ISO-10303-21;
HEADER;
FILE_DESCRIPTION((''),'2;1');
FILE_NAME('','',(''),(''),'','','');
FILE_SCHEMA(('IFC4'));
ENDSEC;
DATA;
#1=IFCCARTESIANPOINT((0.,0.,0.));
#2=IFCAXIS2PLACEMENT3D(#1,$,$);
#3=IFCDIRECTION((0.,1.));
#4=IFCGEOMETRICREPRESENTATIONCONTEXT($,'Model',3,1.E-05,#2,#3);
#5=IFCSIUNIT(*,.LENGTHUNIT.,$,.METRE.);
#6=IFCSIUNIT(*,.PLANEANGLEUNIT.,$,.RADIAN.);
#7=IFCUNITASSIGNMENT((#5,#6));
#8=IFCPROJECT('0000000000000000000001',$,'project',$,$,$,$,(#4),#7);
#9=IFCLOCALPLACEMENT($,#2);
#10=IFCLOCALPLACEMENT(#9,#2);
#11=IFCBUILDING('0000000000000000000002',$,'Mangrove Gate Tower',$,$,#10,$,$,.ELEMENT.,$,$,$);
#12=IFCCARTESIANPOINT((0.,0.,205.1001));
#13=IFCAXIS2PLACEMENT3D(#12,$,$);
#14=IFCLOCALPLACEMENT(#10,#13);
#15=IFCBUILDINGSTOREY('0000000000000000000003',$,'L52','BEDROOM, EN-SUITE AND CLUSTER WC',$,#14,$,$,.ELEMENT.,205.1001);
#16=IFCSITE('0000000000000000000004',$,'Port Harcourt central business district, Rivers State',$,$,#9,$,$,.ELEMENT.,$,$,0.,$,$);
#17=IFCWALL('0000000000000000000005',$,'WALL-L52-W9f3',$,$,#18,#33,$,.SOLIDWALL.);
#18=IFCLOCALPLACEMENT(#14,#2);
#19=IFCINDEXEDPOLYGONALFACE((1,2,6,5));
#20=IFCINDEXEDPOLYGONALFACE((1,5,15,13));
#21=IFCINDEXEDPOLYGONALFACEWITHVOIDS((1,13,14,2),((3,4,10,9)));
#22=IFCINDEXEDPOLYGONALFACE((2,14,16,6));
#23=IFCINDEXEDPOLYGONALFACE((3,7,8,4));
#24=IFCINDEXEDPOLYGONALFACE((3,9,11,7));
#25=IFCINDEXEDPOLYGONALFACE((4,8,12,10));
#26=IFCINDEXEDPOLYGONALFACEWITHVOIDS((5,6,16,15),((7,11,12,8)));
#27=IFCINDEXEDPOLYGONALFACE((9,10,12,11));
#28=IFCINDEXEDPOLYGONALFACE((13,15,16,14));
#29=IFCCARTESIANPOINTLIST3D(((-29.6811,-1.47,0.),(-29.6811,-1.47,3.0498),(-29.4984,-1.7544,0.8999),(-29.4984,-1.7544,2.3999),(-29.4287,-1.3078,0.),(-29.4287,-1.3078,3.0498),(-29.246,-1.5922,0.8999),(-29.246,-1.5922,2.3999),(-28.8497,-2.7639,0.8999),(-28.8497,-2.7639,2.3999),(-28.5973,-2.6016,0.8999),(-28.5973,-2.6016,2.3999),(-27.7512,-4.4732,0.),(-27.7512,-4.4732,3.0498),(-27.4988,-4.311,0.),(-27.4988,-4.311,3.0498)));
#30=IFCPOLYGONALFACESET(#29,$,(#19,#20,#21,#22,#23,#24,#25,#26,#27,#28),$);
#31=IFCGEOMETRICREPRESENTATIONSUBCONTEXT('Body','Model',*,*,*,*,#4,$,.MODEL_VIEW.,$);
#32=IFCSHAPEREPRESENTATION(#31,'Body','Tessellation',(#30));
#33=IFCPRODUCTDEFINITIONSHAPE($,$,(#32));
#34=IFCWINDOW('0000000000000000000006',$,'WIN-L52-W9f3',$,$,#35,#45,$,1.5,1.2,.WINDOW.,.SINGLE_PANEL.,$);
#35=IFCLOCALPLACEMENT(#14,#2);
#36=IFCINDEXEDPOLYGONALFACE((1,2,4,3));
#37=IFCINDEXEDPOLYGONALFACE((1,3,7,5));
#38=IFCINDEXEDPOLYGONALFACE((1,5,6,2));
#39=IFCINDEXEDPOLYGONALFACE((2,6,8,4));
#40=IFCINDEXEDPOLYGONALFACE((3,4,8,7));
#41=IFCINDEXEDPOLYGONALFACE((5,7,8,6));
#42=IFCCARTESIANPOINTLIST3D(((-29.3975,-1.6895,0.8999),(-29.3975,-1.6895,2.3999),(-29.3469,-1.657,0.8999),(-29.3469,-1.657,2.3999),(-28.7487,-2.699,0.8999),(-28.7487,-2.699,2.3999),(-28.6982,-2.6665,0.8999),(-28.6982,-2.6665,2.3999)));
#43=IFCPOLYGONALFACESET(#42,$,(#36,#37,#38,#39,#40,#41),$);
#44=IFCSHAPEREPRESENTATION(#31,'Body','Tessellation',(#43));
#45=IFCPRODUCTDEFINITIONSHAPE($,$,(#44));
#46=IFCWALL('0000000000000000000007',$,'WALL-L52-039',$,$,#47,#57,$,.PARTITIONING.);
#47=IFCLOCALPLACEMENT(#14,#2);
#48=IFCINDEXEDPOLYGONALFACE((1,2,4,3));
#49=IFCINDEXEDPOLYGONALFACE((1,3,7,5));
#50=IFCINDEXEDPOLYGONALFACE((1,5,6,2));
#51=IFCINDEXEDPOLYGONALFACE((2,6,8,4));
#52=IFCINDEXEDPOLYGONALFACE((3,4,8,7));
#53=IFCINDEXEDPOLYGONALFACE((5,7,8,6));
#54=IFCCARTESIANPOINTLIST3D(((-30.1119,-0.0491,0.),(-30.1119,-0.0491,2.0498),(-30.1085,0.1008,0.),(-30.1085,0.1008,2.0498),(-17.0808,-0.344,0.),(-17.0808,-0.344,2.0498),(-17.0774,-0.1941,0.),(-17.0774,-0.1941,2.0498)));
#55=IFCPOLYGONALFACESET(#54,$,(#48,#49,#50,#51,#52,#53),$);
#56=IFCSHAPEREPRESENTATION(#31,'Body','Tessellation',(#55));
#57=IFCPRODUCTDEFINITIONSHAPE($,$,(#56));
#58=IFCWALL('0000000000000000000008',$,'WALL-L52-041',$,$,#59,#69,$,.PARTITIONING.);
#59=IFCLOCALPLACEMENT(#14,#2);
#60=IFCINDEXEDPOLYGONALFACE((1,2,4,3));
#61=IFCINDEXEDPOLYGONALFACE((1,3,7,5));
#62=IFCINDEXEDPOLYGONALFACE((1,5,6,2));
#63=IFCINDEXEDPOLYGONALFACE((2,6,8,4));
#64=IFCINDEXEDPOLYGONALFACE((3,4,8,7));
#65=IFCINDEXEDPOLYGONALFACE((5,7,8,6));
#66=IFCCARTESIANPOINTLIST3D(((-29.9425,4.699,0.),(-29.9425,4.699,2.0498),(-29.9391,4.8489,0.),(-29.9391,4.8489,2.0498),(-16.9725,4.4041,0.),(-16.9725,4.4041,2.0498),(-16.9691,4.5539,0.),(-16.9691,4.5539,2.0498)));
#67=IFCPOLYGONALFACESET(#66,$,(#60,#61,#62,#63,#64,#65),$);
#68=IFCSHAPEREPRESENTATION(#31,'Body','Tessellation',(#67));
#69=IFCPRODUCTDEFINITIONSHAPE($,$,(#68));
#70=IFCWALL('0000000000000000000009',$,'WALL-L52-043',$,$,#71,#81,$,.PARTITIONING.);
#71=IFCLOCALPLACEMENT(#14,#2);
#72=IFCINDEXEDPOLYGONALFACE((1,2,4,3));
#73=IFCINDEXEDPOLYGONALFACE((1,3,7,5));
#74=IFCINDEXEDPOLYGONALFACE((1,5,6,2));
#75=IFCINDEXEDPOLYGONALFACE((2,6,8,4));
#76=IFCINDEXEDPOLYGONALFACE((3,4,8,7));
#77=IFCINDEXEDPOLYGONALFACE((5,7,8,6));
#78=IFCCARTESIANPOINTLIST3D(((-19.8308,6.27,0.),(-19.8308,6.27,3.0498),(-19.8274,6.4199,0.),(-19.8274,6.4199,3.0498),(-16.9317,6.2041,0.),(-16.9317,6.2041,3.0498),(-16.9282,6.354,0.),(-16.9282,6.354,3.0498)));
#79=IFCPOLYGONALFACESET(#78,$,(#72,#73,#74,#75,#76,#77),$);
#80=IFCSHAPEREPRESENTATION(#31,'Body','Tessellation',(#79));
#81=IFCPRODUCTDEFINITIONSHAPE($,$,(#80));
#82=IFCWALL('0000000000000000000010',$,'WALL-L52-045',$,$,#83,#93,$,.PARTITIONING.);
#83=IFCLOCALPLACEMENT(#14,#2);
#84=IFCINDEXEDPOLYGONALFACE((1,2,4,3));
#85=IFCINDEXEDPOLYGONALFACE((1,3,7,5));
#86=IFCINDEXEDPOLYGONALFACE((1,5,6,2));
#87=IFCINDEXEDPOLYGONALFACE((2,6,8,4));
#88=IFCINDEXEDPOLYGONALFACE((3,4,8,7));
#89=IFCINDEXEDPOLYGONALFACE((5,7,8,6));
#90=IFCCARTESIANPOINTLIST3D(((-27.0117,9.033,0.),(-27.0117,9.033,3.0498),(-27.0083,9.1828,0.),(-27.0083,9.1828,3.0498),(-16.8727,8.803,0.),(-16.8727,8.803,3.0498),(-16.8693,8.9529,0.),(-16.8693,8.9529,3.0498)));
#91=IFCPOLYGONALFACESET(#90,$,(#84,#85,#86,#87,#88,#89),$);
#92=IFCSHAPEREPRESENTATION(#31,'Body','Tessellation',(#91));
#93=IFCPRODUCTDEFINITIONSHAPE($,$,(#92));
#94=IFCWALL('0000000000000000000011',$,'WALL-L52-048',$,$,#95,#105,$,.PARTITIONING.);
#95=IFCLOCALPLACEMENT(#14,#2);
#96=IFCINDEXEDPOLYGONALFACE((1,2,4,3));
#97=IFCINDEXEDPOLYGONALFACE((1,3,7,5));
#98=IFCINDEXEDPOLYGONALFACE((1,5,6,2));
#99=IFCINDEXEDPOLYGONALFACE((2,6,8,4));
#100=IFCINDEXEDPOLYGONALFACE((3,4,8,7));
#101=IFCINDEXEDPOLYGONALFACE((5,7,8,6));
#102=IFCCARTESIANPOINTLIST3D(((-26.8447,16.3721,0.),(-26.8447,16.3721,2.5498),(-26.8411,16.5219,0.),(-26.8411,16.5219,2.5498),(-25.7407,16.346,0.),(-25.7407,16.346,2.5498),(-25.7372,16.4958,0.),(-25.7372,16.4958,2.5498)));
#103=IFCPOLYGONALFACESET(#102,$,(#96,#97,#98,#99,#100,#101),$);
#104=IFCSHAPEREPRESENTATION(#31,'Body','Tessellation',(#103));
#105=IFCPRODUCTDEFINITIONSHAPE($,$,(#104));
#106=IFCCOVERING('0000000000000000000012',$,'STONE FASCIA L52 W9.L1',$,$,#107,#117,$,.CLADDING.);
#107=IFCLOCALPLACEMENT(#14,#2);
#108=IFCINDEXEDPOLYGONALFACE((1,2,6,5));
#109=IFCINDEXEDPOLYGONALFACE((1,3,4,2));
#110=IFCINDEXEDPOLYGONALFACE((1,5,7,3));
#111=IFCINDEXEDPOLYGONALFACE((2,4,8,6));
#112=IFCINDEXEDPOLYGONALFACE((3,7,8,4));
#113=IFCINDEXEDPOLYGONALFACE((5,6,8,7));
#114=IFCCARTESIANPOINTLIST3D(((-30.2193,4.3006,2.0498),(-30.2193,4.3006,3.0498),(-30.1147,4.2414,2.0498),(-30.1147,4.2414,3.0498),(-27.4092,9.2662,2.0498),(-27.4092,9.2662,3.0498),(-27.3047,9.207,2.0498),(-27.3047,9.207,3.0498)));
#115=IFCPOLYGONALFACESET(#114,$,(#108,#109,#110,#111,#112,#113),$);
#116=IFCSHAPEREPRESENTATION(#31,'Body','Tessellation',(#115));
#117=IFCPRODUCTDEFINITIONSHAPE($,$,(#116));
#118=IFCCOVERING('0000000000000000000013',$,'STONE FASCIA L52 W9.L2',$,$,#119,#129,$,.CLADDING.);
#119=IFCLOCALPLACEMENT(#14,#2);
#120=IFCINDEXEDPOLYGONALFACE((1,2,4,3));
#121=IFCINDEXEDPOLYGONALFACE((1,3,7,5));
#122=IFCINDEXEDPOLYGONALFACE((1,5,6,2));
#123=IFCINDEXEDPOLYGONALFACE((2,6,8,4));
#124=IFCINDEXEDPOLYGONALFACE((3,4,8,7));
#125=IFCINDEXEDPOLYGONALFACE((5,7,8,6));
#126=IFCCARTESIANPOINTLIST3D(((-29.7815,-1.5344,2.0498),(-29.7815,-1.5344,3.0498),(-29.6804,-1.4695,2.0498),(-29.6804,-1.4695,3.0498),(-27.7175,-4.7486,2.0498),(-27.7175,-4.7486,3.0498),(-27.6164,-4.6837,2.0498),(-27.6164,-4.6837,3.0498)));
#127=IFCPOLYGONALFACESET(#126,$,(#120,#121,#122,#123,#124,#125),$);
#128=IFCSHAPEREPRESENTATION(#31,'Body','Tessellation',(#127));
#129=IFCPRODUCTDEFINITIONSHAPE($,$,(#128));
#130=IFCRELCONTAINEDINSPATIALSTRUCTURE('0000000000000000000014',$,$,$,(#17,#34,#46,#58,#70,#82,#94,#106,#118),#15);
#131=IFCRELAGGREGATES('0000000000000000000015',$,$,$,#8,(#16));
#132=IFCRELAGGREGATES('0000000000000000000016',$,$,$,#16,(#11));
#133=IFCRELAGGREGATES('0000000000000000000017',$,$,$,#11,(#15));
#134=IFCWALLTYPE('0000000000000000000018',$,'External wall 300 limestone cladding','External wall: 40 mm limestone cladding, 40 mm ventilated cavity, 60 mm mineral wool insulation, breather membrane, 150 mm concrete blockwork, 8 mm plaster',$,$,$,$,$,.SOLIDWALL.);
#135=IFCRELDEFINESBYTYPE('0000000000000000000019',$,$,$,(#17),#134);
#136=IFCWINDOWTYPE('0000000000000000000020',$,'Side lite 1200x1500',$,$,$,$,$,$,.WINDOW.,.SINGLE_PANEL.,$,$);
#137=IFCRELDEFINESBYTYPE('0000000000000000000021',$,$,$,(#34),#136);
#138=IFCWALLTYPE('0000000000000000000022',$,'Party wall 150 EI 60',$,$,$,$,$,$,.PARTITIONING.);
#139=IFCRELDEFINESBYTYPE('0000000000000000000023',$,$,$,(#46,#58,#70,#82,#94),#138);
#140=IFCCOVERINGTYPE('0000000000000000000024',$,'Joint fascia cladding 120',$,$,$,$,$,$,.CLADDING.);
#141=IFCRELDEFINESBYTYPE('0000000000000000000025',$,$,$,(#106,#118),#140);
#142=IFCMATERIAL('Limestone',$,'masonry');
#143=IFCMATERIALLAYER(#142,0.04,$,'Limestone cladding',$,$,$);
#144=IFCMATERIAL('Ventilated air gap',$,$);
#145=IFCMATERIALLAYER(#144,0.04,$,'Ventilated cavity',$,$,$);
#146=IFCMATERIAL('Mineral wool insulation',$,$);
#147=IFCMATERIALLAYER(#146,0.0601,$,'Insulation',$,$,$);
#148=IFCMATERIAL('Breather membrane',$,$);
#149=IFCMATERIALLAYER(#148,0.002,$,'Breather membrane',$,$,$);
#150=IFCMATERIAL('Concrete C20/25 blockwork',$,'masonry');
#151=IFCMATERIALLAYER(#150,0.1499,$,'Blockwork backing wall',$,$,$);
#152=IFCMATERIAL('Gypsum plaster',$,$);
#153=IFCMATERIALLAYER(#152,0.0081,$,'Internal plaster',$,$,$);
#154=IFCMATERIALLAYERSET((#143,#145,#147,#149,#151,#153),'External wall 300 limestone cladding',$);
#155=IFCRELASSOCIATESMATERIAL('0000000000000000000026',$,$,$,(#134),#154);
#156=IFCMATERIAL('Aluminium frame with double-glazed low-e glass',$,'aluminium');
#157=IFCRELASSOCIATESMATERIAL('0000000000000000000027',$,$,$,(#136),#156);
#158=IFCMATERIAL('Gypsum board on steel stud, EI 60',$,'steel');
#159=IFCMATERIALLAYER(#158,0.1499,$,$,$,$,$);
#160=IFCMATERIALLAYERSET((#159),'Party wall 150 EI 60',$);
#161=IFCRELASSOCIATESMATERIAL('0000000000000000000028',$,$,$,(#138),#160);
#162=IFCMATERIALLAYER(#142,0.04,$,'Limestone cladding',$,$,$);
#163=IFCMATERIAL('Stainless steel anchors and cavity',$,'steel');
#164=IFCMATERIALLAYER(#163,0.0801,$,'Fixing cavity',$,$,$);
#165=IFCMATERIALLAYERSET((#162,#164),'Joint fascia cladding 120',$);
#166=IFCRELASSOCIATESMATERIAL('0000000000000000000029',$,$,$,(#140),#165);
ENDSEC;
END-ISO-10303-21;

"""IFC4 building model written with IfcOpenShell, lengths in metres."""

from ifc_helpers import new_model, si_unit, direction, frame, frame_2d, origin, place, context, subcontext, project, spatial, rectangle, extrude, material, layer, layer_set, type_object, element, fill, save


model = new_model("IFC4")

# Units and contexts
model_context = context("Model", 3, precision=1e-05, world=origin(), true_north=direction((0.0, 1.0)))
body_context = subcontext(model_context, "Body", "Model", "MODEL_VIEW")
ifc_project = project(units=[si_unit("LENGTHUNIT", "METRE"), si_unit("PLANEANGLEUNIT", "RADIAN")], contexts=[model_context])

# Site, building, storey
site_placement = place(None, origin())
site = spatial("IfcSite", under=ifc_project, at=site_placement, Name="Port Harcourt central business district, Rivers State", CompositionType="ELEMENT", RefElevation=0.0)
building_placement = place(site_placement, origin())
building = spatial("IfcBuilding", under=site, at=building_placement, Name="Mangrove Gate Tower", CompositionType="ELEMENT")
storey_placement = place(building_placement, frame((0.0, 0.0, 205.1001)))
storey = spatial("IfcBuildingStorey", under=building, at=storey_placement, Name="L52", Description="BEDROOM, EN-SUITE AND CLUSTER WC", CompositionType="ELEMENT", Elevation=205.1001)

# Wall, opening, window
ifc_material_1 = material(Name="Limestone", Category="masonry")
ifc_layer_1 = layer(ifc_material_1, 0.04, Name="Limestone cladding")
ifc_material_2 = material(Name="Ventilated air gap")
ifc_layer_2 = layer(ifc_material_2, 0.04, Name="Ventilated cavity")
ifc_material_3 = material(Name="Mineral wool insulation")
ifc_layer_3 = layer(ifc_material_3, 0.0601, Name="Insulation")
ifc_material_4 = material(Name="Breather membrane")
ifc_layer_4 = layer(ifc_material_4, 0.002, Name="Breather membrane")
ifc_material_5 = material(Name="Concrete C20/25 blockwork", Category="masonry")
ifc_layer_5 = layer(ifc_material_5, 0.1499, Name="Blockwork backing wall")
ifc_material_6 = material(Name="Gypsum plaster")
ifc_layer_6 = layer(ifc_material_6, 0.0081, Name="Internal plaster")
ifc_layer_set_1 = layer_set([ifc_layer_1, ifc_layer_2, ifc_layer_3, ifc_layer_4, ifc_layer_5, ifc_layer_6], Name="External wall 300 limestone cladding")
wall_type_1 = type_object("IfcWallType", Name="External wall 300 limestone cladding", Description="External wall: 40 mm limestone cladding, 40 mm ventilated cavity, 60 mm mineral wool insulation, breather membrane, 150 mm concrete blockwork, 8 mm plaster", PredefinedType="SOLIDWALL", material=ifc_layer_set_1)
ifc_material_7 = material(Name="Aluminium frame with double-glazed low-e glass", Category="aluminium")
window_type = type_object("IfcWindowType", Name="Side lite 1200x1500", PartitioningType="SINGLE_PANEL", PredefinedType="WINDOW", material=ifc_material_7)
wall_1_placement = place(storey_placement, frame((-29.5549, -1.3889, 0.0), z_axis=(0.0, 0.0, 1.0), x_axis=(0.540623, -0.841265, 0.0)))
wall_1 = element("IfcWall", 1, at=wall_1_placement, inside=storey, type_object=wall_type_1, Name="WALL-L52-W9f3", PredefinedType="SOLIDWALL", context=body_context, shape_type="SweptSolid", body=[
    extrude(rectangle(XDim=3.5698, YDim=0.3, at=frame_2d((1.7849, 0.0))), origin(), (0.0, 0.0, 1.0), 3.0498),
])
opening_1_placement = place(wall_1_placement, frame((0.3379, 0.0, 0.8999)))
opening_1 = element("IfcOpeningElement", 2, at=opening_1_placement, cuts=wall_1, PredefinedType="OPENING", context=body_context, shape_type="SweptSolid", body=[
    extrude(rectangle(XDim=1.2, YDim=1.5, at=frame_2d((0.6001, 0.75))), frame((0.0, 0.1599, 0.0), z_axis=(0.0, -1.0, 0.0), x_axis=(1.0, 0.0, 0.0)), (0.0, 0.0, 1.0), 0.3201),
])
window_1_placement = place(opening_1_placement, origin())
window_1 = element("IfcWindow", 3, at=window_1_placement, inside=storey, type_object=window_type, Name="WIN-L52-W9f3", OverallHeight=1.5, OverallWidth=1.2, PartitioningType="SINGLE_PANEL", PredefinedType="WINDOW", context=body_context, shape_type="SweptSolid", body=[
    extrude(rectangle(XDim=1.2, YDim=1.5, at=frame_2d((0.6001, 0.75))), frame((0.0, 0.03, 0.0), z_axis=(0.0, -1.0, 0.0), x_axis=(1.0, 0.0, 0.0)), (0.0, 0.0, 1.0), 0.0601),
])
fill(opening_1, window_1)

# Walls
ifc_material_8 = material(Name="Gypsum board on steel stud, EI 60", Category="steel")
ifc_layer_7 = layer(ifc_material_8, 0.1499)
ifc_layer_set_2 = layer_set([ifc_layer_7], Name="Party wall 150 EI 60")
wall_type_2 = type_object("IfcWallType", Name="Party wall 150 EI 60", PredefinedType="PARTITIONING", material=ifc_layer_set_2)
wall_2_placement = place(storey_placement, frame((-30.1101, 0.0259, 0.0), z_axis=(0.0, 0.0, 1.0), x_axis=(0.999744, -0.022627, 0.0)))
element("IfcWall", 4, at=wall_2_placement, inside=storey, type_object=wall_type_2, Name="WALL-L52-039", PredefinedType="PARTITIONING", context=body_context, shape_type="SweptSolid", body=[
    extrude(rectangle(XDim=13.0344, YDim=0.1499, at=frame_2d((6.5171, 0.0))), origin(), (0.0, 0.0, 1.0), 2.0498),
])
wall_3_placement = place(storey_placement, frame((-29.9409, 4.7739, 0.0), z_axis=(0.0, 0.0, 1.0), x_axis=(0.999742, -0.022733, 0.0)))
element("IfcWall", 5, at=wall_3_placement, inside=storey, type_object=wall_type_2, Name="WALL-L52-041", PredefinedType="PARTITIONING", context=body_context, shape_type="SweptSolid", body=[
    extrude(rectangle(XDim=12.9734, YDim=0.1499, at=frame_2d((6.4868, 0.0))), origin(), (0.0, 0.0, 1.0), 2.0498),
])
wall_4_placement = place(storey_placement, frame((-19.8291, 6.345, 0.0), z_axis=(0.0, 0.0, 1.0), x_axis=(0.999742, -0.022731, 0.0)))
element("IfcWall", 6, at=wall_4_placement, inside=storey, type_object=wall_type_2, Name="WALL-L52-043", PredefinedType="PARTITIONING", context=body_context, shape_type="SweptSolid", body=[
    extrude(rectangle(XDim=2.8999, YDim=0.1499, at=frame_2d((1.45, 0.0))), origin(), (0.0, 0.0, 1.0), 3.0498),
])
wall_5_placement = place(storey_placement, frame((-27.01, 9.1079, 0.0), z_axis=(0.0, 0.0, 1.0), x_axis=(0.999743, -0.022677, 0.0)))
element("IfcWall", 7, at=wall_5_placement, inside=storey, type_object=wall_type_2, Name="WALL-L52-045", PredefinedType="PARTITIONING", context=body_context, shape_type="SweptSolid", body=[
    extrude(rectangle(XDim=10.1416, YDim=0.1499, at=frame_2d((5.0708, 0.0))), origin(), (0.0, 0.0, 1.0), 3.0498),
])
wall_6_placement = place(storey_placement, frame((-26.843, 16.447, 0.0), z_axis=(0.0, 0.0, 1.0), x_axis=(0.99972, -0.023655, 0.0)))
element("IfcWall", 8, at=wall_6_placement, inside=storey, type_object=wall_type_2, Name="WALL-L52-048", PredefinedType="PARTITIONING", context=body_context, shape_type="SweptSolid", body=[
    extrude(rectangle(XDim=1.1042, YDim=0.1499, at=frame_2d((0.5522, 0.0))), origin(), (0.0, 0.0, 1.0), 2.5498),
])

# Coverings
ifc_layer_8 = layer(ifc_material_1, 0.04, Name="Limestone cladding")
ifc_material_9 = material(Name="Stainless steel anchors and cavity", Category="steel")
ifc_layer_9 = layer(ifc_material_9, 0.0801, Name="Fixing cavity")
ifc_layer_set_3 = layer_set([ifc_layer_8, ifc_layer_9], Name="Joint fascia cladding 120")
covering_type = type_object("IfcCoveringType", Name="Joint fascia cladding 120", PredefinedType="CLADDING", material=ifc_layer_set_3)
covering_1_placement = place(storey_placement, frame((-27.3569, 9.2366, 2.0498), z_axis=(0.0, 0.0, 1.0), x_axis=(-0.492513, -0.870305, 0.0)))
element("IfcCovering", 9, at=covering_1_placement, inside=storey, type_object=covering_type, Name="STONE FASCIA L52 W9.L1", PredefinedType="CLADDING", context=body_context, shape_type="SweptSolid", body=[
    extrude(rectangle(XDim=5.7056, YDim=0.1201, at=frame_2d((2.8528, 0.0))), origin(), (0.0, 0.0, 1.0), 1.0),
])
covering_2_placement = place(storey_placement, frame((-29.731, -1.502, 2.0498), z_axis=(0.0, 0.0, 1.0), x_axis=(0.540341, -0.841446, 0.0)))
element("IfcCovering", 10, at=covering_2_placement, inside=storey, type_object=covering_type, Name="STONE FASCIA L52 W9.L2", PredefinedType="CLADDING", context=body_context, shape_type="SweptSolid", body=[
    extrude(rectangle(XDim=3.8198, YDim=0.1201, at=frame_2d((1.9099, 0.0))), origin(), (0.0, 0.0, 1.0), 1.0),
])

save(model, "model.ifc")
